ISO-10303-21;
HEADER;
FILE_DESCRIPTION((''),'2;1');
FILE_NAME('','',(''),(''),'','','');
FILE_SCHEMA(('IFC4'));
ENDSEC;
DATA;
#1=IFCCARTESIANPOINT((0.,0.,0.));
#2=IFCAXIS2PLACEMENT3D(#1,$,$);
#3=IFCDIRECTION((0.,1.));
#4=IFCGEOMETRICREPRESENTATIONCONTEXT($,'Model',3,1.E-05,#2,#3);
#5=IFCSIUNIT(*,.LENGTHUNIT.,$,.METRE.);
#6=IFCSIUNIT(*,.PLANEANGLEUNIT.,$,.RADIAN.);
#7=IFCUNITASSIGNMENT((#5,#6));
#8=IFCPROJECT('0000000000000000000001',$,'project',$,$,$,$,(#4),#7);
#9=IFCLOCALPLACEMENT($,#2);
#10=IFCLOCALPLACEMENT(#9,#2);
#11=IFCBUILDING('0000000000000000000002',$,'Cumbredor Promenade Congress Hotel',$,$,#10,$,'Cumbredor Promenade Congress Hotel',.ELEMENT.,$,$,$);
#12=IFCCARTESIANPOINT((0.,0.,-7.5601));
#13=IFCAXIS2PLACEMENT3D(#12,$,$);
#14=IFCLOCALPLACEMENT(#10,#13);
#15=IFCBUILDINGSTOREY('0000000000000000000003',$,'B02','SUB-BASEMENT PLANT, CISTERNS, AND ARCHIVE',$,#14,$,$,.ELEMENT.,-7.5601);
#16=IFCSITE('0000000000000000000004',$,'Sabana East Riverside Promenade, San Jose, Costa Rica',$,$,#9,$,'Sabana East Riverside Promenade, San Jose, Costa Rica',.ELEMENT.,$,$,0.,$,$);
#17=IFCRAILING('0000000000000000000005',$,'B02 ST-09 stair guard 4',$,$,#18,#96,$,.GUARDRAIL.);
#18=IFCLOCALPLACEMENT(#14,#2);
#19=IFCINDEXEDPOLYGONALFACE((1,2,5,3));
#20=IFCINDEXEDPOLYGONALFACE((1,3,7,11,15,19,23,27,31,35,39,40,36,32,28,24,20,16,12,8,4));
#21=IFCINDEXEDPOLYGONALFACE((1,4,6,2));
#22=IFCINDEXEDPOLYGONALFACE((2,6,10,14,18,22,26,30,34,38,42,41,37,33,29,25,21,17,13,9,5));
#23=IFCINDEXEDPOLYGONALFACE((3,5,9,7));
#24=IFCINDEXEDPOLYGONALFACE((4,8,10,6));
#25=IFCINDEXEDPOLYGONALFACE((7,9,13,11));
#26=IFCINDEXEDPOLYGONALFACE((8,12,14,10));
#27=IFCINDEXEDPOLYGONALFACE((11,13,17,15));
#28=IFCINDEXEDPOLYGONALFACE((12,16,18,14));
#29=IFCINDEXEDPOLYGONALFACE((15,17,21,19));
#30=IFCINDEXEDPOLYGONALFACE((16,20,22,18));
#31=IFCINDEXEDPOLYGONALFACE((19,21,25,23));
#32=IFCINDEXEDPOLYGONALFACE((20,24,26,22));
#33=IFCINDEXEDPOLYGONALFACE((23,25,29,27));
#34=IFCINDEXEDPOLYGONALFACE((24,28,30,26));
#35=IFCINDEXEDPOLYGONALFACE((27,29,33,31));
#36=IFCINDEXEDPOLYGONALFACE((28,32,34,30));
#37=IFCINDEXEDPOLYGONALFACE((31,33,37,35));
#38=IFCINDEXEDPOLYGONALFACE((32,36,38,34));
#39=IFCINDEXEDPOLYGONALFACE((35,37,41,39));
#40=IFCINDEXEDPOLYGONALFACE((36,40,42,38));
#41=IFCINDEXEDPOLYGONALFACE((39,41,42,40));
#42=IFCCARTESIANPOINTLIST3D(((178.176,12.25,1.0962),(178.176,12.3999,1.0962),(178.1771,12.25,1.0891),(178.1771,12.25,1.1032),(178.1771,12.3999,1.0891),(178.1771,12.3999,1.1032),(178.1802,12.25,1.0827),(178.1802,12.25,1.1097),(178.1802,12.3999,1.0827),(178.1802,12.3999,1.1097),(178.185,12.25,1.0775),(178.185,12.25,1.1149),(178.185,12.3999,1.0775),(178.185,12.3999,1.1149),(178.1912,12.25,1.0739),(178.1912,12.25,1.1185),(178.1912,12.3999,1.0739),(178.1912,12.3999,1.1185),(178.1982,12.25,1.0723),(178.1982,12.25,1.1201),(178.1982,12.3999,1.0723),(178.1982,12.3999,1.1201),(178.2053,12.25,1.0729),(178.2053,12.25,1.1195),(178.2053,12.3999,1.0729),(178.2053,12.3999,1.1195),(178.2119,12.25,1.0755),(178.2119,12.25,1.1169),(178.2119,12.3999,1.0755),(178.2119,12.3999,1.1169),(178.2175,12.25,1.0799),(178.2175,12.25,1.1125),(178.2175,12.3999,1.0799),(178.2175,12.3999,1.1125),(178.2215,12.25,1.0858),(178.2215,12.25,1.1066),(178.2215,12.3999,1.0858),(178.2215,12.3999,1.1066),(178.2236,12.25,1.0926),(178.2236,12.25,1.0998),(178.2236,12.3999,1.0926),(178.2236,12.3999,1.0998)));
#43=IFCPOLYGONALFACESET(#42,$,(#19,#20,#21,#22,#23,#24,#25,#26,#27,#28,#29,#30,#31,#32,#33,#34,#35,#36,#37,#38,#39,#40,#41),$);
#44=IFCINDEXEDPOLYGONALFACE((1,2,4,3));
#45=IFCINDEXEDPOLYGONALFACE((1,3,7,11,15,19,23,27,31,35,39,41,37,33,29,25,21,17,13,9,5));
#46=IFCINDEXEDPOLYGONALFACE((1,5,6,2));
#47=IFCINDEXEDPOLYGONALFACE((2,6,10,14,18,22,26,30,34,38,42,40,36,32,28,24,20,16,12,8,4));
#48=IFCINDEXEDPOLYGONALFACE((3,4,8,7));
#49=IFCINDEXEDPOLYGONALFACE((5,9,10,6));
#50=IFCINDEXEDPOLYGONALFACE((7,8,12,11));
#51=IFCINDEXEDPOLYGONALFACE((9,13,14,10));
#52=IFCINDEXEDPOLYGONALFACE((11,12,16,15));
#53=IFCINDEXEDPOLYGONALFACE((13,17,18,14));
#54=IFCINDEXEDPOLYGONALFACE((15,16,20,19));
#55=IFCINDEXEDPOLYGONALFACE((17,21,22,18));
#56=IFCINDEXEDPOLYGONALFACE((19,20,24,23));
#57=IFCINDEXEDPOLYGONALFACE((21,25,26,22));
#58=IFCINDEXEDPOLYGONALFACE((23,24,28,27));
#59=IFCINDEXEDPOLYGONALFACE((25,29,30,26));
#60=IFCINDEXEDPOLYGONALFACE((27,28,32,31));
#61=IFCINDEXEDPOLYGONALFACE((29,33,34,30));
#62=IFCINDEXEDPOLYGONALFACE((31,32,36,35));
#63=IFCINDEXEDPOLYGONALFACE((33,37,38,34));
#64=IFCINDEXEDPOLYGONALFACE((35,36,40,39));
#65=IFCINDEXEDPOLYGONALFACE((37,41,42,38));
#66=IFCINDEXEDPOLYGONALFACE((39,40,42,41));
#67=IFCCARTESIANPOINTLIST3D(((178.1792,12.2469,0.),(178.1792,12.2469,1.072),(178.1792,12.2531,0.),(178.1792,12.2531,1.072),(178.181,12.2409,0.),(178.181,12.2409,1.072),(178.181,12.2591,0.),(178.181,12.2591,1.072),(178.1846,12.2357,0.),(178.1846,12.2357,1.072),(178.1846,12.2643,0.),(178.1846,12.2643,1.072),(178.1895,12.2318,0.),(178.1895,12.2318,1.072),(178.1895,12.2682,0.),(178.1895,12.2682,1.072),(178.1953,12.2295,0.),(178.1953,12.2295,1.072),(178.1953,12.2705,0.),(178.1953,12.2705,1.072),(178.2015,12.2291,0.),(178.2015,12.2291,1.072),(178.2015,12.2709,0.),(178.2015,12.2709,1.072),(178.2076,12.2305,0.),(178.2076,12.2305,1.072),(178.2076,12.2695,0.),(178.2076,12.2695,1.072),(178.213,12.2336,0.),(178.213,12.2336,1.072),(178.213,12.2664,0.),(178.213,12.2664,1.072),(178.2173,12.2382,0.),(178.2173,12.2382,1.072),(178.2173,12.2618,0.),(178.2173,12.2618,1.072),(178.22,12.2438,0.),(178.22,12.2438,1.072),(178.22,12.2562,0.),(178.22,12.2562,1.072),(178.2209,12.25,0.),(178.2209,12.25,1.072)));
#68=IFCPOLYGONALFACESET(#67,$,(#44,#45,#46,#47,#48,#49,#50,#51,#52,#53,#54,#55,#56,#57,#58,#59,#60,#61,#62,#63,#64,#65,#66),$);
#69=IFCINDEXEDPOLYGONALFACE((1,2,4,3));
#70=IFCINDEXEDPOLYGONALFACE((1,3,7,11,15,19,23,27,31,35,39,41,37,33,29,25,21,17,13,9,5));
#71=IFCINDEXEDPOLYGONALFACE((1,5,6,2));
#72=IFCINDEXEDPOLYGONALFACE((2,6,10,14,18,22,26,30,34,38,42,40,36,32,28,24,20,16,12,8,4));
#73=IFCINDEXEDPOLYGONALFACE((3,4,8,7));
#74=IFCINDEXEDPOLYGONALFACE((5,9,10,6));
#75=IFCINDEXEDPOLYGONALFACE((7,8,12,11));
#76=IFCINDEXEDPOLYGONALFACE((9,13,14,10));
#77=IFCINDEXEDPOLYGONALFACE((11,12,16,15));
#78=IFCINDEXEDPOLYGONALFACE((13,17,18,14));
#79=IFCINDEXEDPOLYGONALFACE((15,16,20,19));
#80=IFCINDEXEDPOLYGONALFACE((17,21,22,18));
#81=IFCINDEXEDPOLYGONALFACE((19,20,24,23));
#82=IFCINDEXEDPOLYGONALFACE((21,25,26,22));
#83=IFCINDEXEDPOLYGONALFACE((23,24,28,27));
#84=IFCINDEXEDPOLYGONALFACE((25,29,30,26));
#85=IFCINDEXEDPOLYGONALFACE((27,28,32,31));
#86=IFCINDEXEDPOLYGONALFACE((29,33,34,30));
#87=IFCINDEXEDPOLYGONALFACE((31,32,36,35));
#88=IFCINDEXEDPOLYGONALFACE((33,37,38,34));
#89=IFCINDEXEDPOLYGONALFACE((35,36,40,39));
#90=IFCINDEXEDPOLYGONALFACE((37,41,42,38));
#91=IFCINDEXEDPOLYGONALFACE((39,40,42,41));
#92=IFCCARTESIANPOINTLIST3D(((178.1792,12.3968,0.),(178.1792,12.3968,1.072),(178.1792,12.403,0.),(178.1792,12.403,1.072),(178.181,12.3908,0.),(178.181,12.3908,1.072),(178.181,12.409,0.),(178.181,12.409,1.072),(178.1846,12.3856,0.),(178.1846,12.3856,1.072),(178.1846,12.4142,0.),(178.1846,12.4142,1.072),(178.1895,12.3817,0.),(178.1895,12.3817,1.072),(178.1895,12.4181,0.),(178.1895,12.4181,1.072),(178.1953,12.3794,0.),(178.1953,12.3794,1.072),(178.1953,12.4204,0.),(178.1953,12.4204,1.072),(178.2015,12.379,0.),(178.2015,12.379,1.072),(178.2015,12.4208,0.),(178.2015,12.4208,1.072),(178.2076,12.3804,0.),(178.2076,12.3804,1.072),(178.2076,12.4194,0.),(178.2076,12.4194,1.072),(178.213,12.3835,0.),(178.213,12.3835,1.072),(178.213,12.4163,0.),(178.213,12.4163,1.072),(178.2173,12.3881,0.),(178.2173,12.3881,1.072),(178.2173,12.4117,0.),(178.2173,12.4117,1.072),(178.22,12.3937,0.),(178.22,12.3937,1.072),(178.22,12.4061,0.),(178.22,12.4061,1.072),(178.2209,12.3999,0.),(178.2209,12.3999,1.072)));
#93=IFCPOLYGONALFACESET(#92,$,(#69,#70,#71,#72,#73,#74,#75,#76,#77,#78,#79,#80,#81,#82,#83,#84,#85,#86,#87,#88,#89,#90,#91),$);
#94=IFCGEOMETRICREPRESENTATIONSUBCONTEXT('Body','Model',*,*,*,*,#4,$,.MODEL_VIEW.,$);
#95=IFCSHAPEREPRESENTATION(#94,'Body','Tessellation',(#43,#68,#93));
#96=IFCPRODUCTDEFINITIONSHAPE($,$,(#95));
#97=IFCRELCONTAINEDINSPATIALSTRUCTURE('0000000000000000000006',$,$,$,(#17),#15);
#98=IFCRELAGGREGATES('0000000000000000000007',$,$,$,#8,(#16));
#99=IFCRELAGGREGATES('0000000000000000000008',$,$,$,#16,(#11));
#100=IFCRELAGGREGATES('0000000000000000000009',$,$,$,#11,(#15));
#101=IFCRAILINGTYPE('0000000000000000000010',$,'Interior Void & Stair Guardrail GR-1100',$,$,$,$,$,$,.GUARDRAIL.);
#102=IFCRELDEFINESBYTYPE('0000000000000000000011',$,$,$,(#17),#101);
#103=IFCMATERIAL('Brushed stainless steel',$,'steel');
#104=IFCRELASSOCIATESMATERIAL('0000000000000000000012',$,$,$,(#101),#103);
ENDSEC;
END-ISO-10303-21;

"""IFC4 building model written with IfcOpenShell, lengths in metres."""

from ifc_helpers import new_model, si_unit, direction, frame, origin, origin_2d, place, context, subcontext, project, spatial, circle, extrude, material, type_object, element, save


model = new_model("IFC4")

# Units and contexts
model_context = context("Model", 3, precision=1e-05, world=origin(), true_north=direction((0.0, 1.0)))
body_context = subcontext(model_context, "Body", "Model", "MODEL_VIEW")
ifc_project = project(units=[si_unit("LENGTHUNIT", "METRE"), si_unit("PLANEANGLEUNIT", "RADIAN")], contexts=[model_context])

# Site, building, storey
site_placement = place(None, origin())
site = spatial("IfcSite", under=ifc_project, at=site_placement, Name="Sabana East Riverside Promenade, San Jose, Costa Rica", LongName="Sabana East Riverside Promenade, San Jose, Costa Rica", CompositionType="ELEMENT", RefElevation=0.0)
building_placement = place(site_placement, origin())
building = spatial("IfcBuilding", under=site, at=building_placement, Name="Cumbredor Promenade Congress Hotel", LongName="Cumbredor Promenade Congress Hotel", CompositionType="ELEMENT")
storey_placement = place(building_placement, frame((0.0, 0.0, -7.5601)))
storey = spatial("IfcBuildingStorey", under=building, at=storey_placement, Name="B02", Description="SUB-BASEMENT PLANT, CISTERNS, AND ARCHIVE", CompositionType="ELEMENT", Elevation=-7.5601)

# Railing
ifc_material_1 = material(Name="Brushed stainless steel", Category="steel")
railing_type_1 = type_object("IfcRailingType", Name="Interior Void & Stair Guardrail GR-1100", PredefinedType="GUARDRAIL", material=ifc_material_1)
railing_1_placement = place(storey_placement, frame((178.2, 12.25, 0.0)))
element("IfcRailing", 1, at=railing_1_placement, inside=storey, type_object=railing_type_1, Name="B02 ST-09 stair guard 4", PredefinedType="GUARDRAIL", context=body_context, shape_type="SweptSolid", body=[
    extrude(circle(Radius=0.0239, at=origin_2d()), frame((0.0, 0.0, 1.0962), z_axis=(0.0, 1.0, 0.0), x_axis=(-1.0, 0.0, 0.0)), (0.0, 0.0, 1.0), 0.1499),
    extrude(circle(Radius=0.021, at=origin_2d()), origin(), (0.0, 0.0, 1.0), 1.072),
    extrude(circle(Radius=0.021, at=origin_2d()), frame((0.0, 0.1499, 0.0)), (0.0, 0.0, 1.0), 1.072),
])

save(model, "model.ifc")
